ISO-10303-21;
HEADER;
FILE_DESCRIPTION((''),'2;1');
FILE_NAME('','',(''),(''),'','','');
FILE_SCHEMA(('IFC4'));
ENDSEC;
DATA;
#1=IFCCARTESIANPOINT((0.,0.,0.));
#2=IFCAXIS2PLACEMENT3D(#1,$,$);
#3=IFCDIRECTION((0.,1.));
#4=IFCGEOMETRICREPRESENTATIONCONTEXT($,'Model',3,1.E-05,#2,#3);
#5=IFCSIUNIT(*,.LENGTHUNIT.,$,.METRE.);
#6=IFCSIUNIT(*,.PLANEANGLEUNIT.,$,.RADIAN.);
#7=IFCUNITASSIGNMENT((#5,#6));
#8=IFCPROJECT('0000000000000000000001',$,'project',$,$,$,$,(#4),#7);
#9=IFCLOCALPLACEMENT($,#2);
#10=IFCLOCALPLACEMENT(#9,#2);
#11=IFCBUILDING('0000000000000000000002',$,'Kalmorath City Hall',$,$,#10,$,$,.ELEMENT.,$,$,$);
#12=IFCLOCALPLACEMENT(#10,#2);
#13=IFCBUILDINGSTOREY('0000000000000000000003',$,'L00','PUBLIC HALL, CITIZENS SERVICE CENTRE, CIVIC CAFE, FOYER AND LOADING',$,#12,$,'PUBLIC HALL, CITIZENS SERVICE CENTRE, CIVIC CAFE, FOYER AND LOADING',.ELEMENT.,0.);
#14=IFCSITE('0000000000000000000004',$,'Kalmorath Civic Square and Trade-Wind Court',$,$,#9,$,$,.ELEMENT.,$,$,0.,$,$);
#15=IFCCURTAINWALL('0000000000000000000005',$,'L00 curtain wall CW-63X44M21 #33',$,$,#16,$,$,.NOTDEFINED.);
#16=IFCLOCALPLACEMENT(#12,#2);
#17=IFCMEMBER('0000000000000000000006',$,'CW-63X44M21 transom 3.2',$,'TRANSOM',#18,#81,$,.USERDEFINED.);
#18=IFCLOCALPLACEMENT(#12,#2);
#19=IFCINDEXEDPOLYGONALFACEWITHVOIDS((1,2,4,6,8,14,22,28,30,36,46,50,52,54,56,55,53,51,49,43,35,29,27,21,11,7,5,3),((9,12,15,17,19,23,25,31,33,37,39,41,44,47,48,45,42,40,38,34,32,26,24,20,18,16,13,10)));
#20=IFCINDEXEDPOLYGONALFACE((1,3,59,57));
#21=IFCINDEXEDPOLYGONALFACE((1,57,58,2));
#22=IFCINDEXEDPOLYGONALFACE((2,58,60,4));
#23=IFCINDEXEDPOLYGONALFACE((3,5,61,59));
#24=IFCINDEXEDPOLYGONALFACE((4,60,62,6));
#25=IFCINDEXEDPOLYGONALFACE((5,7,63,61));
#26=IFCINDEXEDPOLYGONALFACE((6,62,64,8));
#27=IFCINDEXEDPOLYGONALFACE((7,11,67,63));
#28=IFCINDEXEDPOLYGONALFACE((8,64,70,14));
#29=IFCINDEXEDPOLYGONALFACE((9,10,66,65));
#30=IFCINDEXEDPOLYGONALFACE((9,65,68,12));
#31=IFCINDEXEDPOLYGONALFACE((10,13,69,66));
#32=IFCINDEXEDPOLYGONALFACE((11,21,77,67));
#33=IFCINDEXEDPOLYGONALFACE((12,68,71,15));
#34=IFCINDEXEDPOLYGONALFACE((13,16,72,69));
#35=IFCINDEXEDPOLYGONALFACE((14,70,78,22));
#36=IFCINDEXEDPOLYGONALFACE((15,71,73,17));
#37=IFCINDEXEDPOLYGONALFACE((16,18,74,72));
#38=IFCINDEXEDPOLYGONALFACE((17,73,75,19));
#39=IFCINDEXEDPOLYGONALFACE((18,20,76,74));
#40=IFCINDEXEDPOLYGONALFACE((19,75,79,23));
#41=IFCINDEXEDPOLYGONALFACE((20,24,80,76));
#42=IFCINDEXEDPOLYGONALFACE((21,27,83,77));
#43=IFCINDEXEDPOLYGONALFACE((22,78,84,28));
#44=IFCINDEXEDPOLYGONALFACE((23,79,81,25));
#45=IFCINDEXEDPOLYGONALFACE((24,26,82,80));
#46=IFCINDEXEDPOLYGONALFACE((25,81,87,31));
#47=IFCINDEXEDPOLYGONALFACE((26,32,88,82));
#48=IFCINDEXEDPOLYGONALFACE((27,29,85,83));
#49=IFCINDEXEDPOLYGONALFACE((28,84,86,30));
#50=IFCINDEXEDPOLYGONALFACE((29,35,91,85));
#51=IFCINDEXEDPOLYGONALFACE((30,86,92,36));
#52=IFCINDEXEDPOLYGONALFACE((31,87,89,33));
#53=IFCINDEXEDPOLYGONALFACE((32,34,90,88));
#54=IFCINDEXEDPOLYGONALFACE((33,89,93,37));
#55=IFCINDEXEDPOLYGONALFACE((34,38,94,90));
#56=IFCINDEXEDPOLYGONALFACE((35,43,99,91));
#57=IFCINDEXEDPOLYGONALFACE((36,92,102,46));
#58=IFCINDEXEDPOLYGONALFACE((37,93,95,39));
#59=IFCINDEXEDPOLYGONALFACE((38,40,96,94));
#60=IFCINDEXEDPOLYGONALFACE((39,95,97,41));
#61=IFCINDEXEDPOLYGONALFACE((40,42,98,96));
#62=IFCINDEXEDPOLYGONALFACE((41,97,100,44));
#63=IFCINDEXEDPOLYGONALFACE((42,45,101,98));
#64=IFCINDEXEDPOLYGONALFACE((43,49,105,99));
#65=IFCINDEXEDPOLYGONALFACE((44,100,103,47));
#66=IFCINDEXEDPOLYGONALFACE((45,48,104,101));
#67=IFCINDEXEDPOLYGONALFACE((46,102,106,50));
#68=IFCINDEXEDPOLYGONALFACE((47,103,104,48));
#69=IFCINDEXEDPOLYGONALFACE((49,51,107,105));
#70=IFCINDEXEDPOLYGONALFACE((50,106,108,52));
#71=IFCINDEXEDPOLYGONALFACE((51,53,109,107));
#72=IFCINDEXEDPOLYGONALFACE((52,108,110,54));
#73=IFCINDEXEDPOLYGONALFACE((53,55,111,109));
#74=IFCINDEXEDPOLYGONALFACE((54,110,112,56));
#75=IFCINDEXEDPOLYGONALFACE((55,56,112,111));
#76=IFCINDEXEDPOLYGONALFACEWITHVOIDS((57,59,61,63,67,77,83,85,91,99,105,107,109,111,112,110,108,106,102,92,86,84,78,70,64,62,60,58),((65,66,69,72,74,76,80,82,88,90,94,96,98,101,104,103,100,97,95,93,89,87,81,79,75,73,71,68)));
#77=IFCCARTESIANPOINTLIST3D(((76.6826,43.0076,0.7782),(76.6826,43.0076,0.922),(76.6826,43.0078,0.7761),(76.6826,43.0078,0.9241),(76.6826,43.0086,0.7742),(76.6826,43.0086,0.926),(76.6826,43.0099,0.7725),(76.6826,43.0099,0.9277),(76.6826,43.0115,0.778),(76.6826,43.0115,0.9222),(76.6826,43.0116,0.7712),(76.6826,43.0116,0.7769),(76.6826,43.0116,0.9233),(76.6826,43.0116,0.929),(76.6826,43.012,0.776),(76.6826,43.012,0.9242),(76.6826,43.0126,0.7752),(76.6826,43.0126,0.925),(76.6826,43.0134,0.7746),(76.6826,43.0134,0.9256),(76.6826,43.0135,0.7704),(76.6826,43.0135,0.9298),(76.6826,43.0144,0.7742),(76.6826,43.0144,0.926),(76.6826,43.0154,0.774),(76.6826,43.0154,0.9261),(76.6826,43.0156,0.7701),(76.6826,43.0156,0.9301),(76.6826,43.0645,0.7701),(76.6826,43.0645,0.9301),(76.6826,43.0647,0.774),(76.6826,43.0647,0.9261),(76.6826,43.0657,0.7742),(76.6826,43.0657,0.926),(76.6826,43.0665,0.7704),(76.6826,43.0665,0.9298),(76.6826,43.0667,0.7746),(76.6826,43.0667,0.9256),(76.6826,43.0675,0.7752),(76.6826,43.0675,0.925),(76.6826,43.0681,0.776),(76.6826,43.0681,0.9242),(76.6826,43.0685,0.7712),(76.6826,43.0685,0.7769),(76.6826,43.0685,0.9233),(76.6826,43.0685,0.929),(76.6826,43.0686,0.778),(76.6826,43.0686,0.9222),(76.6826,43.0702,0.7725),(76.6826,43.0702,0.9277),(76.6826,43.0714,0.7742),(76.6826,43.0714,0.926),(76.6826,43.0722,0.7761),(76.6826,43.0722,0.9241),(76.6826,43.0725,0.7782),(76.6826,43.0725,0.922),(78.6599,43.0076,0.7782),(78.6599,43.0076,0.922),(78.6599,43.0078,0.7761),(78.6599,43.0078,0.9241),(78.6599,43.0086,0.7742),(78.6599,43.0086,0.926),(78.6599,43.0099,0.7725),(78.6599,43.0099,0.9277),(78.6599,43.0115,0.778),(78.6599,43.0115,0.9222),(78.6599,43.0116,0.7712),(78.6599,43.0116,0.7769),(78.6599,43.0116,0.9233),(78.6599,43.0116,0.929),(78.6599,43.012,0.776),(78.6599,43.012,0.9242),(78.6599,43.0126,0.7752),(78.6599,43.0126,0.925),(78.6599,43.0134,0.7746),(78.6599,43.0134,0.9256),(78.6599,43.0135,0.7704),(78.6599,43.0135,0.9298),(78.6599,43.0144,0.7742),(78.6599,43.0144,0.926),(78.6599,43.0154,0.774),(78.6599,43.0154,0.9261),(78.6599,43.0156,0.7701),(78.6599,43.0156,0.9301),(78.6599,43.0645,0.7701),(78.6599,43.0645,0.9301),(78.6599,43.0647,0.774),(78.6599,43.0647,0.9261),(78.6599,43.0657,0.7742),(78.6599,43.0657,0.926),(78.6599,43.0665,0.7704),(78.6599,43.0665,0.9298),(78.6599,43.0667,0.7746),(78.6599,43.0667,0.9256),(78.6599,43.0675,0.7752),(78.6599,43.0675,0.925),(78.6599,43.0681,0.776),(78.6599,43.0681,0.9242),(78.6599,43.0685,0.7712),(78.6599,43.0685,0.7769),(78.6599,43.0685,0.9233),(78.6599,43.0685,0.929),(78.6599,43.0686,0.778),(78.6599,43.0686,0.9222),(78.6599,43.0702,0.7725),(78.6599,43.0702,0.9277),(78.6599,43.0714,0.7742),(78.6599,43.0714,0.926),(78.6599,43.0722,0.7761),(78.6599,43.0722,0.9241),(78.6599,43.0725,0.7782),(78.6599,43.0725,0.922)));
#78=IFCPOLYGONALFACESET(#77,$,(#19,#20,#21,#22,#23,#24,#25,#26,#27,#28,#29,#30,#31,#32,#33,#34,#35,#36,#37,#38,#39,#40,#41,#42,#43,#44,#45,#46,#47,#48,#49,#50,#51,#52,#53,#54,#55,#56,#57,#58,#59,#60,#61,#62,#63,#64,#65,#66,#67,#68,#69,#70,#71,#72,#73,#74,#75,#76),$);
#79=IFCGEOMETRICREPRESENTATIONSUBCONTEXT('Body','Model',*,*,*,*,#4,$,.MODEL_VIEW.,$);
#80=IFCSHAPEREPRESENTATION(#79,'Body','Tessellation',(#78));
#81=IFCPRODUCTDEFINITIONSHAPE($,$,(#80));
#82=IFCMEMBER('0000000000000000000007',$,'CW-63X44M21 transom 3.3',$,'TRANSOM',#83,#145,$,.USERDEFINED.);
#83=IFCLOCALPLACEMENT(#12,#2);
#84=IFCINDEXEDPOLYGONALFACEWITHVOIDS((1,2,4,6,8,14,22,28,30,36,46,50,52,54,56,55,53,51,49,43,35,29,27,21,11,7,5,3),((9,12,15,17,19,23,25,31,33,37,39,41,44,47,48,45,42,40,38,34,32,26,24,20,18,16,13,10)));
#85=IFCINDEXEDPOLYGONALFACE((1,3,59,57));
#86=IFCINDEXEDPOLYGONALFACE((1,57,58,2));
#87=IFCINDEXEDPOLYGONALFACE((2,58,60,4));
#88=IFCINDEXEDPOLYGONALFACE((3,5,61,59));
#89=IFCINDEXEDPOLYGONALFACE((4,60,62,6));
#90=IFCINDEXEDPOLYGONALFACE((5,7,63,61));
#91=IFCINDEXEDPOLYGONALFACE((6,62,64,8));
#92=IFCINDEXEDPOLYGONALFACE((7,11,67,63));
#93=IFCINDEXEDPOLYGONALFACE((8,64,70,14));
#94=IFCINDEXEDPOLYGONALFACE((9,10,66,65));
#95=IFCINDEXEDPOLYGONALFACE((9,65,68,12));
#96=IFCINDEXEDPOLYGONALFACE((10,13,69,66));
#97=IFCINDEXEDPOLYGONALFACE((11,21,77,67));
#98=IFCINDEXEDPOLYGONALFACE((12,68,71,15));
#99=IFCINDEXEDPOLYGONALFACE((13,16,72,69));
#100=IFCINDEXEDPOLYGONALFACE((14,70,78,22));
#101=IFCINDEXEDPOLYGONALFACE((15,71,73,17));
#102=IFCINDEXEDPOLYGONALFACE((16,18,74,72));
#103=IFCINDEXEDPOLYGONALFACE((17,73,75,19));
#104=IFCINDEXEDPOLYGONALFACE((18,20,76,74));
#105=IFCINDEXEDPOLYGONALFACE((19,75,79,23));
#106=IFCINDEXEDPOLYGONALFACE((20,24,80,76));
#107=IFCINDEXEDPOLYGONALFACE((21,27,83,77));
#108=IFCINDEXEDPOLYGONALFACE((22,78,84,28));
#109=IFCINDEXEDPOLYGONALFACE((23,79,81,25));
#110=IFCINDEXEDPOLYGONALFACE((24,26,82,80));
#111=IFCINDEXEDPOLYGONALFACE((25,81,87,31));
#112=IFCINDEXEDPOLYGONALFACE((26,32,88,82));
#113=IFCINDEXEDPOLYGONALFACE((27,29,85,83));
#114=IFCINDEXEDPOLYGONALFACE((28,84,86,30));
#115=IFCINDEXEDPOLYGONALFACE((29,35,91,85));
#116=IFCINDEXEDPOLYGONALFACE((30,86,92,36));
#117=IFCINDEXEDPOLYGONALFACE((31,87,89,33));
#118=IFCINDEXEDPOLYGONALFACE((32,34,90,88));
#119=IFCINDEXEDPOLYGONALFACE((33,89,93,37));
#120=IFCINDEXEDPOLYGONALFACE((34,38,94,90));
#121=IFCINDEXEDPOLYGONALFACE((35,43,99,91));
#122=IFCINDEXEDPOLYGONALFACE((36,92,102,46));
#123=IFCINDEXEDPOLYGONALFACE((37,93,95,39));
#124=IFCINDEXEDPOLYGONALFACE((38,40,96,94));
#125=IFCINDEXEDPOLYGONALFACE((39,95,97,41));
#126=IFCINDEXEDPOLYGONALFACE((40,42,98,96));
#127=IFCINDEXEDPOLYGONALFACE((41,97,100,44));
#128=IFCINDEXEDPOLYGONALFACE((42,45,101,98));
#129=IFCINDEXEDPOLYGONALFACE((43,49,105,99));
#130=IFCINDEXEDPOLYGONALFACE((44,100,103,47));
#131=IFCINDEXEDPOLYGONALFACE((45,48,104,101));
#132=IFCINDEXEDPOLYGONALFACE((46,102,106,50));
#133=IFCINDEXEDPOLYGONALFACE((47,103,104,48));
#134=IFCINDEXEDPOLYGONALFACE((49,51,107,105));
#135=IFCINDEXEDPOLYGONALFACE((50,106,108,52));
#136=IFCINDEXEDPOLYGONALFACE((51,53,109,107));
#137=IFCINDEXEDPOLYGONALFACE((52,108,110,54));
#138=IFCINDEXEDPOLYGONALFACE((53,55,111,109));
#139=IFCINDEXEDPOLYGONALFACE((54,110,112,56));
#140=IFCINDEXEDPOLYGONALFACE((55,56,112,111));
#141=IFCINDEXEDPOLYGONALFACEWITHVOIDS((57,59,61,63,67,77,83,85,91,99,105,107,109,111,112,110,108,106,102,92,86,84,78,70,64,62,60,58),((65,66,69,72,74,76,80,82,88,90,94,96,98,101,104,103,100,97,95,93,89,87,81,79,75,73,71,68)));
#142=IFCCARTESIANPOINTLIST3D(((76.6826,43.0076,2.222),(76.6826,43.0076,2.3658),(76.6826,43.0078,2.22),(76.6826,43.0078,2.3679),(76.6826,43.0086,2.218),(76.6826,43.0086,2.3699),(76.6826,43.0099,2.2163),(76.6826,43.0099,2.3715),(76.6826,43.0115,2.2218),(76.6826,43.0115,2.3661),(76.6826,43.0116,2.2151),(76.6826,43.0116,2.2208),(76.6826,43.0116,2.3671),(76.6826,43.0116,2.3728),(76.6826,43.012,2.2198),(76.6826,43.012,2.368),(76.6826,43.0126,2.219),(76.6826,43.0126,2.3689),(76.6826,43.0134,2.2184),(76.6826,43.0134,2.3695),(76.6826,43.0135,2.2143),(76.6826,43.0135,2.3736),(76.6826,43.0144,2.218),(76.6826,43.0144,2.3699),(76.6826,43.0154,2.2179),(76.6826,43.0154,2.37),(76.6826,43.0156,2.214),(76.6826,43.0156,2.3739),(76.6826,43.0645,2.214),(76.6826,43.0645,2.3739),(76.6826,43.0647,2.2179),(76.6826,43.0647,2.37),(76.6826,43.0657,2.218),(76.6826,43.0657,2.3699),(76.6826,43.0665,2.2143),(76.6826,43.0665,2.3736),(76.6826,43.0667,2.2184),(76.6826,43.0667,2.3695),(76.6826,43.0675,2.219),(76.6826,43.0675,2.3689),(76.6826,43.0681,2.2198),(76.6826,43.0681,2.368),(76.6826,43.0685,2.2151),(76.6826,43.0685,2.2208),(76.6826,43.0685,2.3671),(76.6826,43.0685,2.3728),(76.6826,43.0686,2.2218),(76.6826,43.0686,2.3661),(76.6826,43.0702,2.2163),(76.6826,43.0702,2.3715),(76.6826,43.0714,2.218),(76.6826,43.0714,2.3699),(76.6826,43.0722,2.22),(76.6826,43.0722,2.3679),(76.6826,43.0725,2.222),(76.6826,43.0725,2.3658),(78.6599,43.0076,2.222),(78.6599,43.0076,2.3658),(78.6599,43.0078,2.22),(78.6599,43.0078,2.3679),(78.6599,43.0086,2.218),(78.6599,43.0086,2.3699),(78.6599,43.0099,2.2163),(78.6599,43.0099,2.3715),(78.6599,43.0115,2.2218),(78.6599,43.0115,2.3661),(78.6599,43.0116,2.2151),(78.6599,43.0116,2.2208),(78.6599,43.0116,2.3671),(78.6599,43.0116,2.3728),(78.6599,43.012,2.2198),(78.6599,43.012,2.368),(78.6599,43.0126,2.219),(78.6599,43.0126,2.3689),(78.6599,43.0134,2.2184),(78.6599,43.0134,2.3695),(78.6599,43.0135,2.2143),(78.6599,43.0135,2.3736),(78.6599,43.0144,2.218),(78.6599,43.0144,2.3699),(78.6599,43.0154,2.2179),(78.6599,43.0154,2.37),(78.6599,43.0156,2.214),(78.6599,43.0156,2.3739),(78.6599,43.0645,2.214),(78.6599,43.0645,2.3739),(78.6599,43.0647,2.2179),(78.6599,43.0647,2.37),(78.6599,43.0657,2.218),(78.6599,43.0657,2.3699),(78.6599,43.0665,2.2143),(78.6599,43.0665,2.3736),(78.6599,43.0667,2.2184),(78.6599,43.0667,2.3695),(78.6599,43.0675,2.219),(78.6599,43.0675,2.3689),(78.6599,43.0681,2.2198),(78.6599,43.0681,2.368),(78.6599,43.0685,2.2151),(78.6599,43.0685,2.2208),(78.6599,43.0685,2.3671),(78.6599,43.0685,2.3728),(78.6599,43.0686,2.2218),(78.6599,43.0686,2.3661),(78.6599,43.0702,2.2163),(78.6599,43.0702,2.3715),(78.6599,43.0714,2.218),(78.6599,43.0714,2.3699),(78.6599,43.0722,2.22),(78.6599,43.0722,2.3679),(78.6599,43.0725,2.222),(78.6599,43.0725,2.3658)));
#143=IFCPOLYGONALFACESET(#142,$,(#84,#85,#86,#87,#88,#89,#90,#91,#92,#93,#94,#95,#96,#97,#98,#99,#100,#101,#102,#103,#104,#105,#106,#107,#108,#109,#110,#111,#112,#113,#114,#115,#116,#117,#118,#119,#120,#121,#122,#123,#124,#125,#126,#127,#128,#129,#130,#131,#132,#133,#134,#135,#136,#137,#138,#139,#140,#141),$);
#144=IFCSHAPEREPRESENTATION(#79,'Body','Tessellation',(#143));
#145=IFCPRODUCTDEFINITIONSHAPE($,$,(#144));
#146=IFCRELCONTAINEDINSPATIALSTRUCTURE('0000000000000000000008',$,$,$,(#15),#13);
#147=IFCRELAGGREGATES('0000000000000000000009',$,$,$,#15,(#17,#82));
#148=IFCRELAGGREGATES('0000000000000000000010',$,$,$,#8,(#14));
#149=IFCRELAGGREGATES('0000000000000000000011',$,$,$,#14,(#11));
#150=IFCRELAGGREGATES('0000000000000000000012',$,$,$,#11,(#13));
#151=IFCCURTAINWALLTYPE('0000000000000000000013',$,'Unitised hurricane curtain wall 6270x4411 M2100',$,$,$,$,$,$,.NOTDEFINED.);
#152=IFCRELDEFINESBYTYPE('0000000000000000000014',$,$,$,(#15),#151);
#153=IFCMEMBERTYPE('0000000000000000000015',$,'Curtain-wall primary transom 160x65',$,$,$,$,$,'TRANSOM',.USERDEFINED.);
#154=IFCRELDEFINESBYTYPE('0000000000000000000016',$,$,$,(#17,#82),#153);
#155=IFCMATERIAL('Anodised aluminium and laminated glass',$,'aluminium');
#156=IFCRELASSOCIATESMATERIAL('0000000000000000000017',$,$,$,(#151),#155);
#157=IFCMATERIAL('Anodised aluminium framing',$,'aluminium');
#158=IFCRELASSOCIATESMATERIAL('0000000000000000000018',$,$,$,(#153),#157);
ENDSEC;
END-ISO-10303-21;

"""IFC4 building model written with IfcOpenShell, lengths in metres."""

from ifc_helpers import new_model, si_unit, direction, frame, origin, origin_2d, place, context, subcontext, project, spatial, hollow_rectangle, extrude, material, material_profile, profile_set, type_object, element, aggregate, save


model = new_model("IFC4")

# Units and contexts
model_context = context("Model", 3, precision=1e-05, world=origin(), true_north=direction((0.0, 1.0)))
body_context = subcontext(model_context, "Body", "Model", "MODEL_VIEW")
ifc_project = project(units=[si_unit("LENGTHUNIT", "METRE"), si_unit("PLANEANGLEUNIT", "RADIAN")], contexts=[model_context])

# Site, building, storey
site_placement = place(None, origin())
site = spatial("IfcSite", under=ifc_project, at=site_placement, Name="Kalmorath Civic Square and Trade-Wind Court", CompositionType="ELEMENT", RefElevation=0.0)
building_placement = place(site_placement, origin())
building = spatial("IfcBuilding", under=site, at=building_placement, Name="Kalmorath City Hall", CompositionType="ELEMENT")
storey_placement = place(building_placement, origin())
storey = spatial("IfcBuildingStorey", under=building, at=storey_placement, Name="L00", Description="PUBLIC HALL, CITIZENS SERVICE CENTRE, CIVIC CAFE, FOYER AND LOADING", LongName="PUBLIC HALL, CITIZENS SERVICE CENTRE, CIVIC CAFE, FOYER AND LOADING", CompositionType="ELEMENT", Elevation=0.0)

# Curtain wall, members
ifc_material_1 = material(Name="Anodised aluminium and laminated glass", Category="aluminium")
curtain_wall_type = type_object("IfcCurtainWallType", Name="Unitised hurricane curtain wall 6270x4411 M2100", PredefinedType="NOTDEFINED", material=ifc_material_1)
curtain_wall_placement = place(storey_placement, origin())
curtain_wall = element("IfcCurtainWall", 1, at=curtain_wall_placement, inside=storey, type_object=curtain_wall_type, Name="L00 curtain wall CW-63X44M21 #33", PredefinedType="NOTDEFINED")
ifc_material_2 = material(Name="Anodised aluminium framing", Category="aluminium")
ifc_material_profile_1 = material_profile(ifc_material_2, hollow_rectangle(XDim=0.0649, YDim=0.1599, WallThickness=0.0039, InnerFilletRadius=0.0039, OuterFilletRadius=0.0081, at=origin_2d()), Name="ALU-TRN-160X65X4")
ifc_profile_set_1 = profile_set([ifc_material_profile_1], Name="Anodised aluminium framing")
member_type_1 = type_object("IfcMemberType", Name="Curtain-wall primary transom 160x65", ElementType="TRANSOM", PredefinedType="USERDEFINED", material=ifc_profile_set_1)
member_1_placement = place(storey_placement, frame((76.6826, 43.04, 0.8501), z_axis=(1.0, 0.0, 0.0), x_axis=(0.0, 1.0, 0.0)))
member_1 = element("IfcMember", 2, at=member_1_placement, type_object=member_type_1, Name="CW-63X44M21 transom 3.2", ObjectType="TRANSOM", PredefinedType="USERDEFINED", context=body_context, shape_type="SweptSolid", body=[
    extrude(hollow_rectangle(XDim=0.0649, YDim=0.1599, WallThickness=0.0039, InnerFilletRadius=0.0039, OuterFilletRadius=0.0081, at=origin_2d()), origin(), (0.0, 0.0, 1.0), 1.9773),
])
member_2_placement = place(storey_placement, frame((76.6826, 43.04, 2.2939), z_axis=(1.0, 0.0, 0.0), x_axis=(0.0, 1.0, 0.0)))
member_2 = element("IfcMember", 3, at=member_2_placement, type_object=member_type_1, Name="CW-63X44M21 transom 3.3", ObjectType="TRANSOM", PredefinedType="USERDEFINED", context=body_context, shape_type="SweptSolid", body=[
    extrude(hollow_rectangle(XDim=0.0649, YDim=0.1599, WallThickness=0.0039, InnerFilletRadius=0.0039, OuterFilletRadius=0.0081, at=origin_2d()), origin(), (0.0, 0.0, 1.0), 1.9773),
])

aggregate(curtain_wall, [member_1, member_2])

save(model, "model.ifc")
